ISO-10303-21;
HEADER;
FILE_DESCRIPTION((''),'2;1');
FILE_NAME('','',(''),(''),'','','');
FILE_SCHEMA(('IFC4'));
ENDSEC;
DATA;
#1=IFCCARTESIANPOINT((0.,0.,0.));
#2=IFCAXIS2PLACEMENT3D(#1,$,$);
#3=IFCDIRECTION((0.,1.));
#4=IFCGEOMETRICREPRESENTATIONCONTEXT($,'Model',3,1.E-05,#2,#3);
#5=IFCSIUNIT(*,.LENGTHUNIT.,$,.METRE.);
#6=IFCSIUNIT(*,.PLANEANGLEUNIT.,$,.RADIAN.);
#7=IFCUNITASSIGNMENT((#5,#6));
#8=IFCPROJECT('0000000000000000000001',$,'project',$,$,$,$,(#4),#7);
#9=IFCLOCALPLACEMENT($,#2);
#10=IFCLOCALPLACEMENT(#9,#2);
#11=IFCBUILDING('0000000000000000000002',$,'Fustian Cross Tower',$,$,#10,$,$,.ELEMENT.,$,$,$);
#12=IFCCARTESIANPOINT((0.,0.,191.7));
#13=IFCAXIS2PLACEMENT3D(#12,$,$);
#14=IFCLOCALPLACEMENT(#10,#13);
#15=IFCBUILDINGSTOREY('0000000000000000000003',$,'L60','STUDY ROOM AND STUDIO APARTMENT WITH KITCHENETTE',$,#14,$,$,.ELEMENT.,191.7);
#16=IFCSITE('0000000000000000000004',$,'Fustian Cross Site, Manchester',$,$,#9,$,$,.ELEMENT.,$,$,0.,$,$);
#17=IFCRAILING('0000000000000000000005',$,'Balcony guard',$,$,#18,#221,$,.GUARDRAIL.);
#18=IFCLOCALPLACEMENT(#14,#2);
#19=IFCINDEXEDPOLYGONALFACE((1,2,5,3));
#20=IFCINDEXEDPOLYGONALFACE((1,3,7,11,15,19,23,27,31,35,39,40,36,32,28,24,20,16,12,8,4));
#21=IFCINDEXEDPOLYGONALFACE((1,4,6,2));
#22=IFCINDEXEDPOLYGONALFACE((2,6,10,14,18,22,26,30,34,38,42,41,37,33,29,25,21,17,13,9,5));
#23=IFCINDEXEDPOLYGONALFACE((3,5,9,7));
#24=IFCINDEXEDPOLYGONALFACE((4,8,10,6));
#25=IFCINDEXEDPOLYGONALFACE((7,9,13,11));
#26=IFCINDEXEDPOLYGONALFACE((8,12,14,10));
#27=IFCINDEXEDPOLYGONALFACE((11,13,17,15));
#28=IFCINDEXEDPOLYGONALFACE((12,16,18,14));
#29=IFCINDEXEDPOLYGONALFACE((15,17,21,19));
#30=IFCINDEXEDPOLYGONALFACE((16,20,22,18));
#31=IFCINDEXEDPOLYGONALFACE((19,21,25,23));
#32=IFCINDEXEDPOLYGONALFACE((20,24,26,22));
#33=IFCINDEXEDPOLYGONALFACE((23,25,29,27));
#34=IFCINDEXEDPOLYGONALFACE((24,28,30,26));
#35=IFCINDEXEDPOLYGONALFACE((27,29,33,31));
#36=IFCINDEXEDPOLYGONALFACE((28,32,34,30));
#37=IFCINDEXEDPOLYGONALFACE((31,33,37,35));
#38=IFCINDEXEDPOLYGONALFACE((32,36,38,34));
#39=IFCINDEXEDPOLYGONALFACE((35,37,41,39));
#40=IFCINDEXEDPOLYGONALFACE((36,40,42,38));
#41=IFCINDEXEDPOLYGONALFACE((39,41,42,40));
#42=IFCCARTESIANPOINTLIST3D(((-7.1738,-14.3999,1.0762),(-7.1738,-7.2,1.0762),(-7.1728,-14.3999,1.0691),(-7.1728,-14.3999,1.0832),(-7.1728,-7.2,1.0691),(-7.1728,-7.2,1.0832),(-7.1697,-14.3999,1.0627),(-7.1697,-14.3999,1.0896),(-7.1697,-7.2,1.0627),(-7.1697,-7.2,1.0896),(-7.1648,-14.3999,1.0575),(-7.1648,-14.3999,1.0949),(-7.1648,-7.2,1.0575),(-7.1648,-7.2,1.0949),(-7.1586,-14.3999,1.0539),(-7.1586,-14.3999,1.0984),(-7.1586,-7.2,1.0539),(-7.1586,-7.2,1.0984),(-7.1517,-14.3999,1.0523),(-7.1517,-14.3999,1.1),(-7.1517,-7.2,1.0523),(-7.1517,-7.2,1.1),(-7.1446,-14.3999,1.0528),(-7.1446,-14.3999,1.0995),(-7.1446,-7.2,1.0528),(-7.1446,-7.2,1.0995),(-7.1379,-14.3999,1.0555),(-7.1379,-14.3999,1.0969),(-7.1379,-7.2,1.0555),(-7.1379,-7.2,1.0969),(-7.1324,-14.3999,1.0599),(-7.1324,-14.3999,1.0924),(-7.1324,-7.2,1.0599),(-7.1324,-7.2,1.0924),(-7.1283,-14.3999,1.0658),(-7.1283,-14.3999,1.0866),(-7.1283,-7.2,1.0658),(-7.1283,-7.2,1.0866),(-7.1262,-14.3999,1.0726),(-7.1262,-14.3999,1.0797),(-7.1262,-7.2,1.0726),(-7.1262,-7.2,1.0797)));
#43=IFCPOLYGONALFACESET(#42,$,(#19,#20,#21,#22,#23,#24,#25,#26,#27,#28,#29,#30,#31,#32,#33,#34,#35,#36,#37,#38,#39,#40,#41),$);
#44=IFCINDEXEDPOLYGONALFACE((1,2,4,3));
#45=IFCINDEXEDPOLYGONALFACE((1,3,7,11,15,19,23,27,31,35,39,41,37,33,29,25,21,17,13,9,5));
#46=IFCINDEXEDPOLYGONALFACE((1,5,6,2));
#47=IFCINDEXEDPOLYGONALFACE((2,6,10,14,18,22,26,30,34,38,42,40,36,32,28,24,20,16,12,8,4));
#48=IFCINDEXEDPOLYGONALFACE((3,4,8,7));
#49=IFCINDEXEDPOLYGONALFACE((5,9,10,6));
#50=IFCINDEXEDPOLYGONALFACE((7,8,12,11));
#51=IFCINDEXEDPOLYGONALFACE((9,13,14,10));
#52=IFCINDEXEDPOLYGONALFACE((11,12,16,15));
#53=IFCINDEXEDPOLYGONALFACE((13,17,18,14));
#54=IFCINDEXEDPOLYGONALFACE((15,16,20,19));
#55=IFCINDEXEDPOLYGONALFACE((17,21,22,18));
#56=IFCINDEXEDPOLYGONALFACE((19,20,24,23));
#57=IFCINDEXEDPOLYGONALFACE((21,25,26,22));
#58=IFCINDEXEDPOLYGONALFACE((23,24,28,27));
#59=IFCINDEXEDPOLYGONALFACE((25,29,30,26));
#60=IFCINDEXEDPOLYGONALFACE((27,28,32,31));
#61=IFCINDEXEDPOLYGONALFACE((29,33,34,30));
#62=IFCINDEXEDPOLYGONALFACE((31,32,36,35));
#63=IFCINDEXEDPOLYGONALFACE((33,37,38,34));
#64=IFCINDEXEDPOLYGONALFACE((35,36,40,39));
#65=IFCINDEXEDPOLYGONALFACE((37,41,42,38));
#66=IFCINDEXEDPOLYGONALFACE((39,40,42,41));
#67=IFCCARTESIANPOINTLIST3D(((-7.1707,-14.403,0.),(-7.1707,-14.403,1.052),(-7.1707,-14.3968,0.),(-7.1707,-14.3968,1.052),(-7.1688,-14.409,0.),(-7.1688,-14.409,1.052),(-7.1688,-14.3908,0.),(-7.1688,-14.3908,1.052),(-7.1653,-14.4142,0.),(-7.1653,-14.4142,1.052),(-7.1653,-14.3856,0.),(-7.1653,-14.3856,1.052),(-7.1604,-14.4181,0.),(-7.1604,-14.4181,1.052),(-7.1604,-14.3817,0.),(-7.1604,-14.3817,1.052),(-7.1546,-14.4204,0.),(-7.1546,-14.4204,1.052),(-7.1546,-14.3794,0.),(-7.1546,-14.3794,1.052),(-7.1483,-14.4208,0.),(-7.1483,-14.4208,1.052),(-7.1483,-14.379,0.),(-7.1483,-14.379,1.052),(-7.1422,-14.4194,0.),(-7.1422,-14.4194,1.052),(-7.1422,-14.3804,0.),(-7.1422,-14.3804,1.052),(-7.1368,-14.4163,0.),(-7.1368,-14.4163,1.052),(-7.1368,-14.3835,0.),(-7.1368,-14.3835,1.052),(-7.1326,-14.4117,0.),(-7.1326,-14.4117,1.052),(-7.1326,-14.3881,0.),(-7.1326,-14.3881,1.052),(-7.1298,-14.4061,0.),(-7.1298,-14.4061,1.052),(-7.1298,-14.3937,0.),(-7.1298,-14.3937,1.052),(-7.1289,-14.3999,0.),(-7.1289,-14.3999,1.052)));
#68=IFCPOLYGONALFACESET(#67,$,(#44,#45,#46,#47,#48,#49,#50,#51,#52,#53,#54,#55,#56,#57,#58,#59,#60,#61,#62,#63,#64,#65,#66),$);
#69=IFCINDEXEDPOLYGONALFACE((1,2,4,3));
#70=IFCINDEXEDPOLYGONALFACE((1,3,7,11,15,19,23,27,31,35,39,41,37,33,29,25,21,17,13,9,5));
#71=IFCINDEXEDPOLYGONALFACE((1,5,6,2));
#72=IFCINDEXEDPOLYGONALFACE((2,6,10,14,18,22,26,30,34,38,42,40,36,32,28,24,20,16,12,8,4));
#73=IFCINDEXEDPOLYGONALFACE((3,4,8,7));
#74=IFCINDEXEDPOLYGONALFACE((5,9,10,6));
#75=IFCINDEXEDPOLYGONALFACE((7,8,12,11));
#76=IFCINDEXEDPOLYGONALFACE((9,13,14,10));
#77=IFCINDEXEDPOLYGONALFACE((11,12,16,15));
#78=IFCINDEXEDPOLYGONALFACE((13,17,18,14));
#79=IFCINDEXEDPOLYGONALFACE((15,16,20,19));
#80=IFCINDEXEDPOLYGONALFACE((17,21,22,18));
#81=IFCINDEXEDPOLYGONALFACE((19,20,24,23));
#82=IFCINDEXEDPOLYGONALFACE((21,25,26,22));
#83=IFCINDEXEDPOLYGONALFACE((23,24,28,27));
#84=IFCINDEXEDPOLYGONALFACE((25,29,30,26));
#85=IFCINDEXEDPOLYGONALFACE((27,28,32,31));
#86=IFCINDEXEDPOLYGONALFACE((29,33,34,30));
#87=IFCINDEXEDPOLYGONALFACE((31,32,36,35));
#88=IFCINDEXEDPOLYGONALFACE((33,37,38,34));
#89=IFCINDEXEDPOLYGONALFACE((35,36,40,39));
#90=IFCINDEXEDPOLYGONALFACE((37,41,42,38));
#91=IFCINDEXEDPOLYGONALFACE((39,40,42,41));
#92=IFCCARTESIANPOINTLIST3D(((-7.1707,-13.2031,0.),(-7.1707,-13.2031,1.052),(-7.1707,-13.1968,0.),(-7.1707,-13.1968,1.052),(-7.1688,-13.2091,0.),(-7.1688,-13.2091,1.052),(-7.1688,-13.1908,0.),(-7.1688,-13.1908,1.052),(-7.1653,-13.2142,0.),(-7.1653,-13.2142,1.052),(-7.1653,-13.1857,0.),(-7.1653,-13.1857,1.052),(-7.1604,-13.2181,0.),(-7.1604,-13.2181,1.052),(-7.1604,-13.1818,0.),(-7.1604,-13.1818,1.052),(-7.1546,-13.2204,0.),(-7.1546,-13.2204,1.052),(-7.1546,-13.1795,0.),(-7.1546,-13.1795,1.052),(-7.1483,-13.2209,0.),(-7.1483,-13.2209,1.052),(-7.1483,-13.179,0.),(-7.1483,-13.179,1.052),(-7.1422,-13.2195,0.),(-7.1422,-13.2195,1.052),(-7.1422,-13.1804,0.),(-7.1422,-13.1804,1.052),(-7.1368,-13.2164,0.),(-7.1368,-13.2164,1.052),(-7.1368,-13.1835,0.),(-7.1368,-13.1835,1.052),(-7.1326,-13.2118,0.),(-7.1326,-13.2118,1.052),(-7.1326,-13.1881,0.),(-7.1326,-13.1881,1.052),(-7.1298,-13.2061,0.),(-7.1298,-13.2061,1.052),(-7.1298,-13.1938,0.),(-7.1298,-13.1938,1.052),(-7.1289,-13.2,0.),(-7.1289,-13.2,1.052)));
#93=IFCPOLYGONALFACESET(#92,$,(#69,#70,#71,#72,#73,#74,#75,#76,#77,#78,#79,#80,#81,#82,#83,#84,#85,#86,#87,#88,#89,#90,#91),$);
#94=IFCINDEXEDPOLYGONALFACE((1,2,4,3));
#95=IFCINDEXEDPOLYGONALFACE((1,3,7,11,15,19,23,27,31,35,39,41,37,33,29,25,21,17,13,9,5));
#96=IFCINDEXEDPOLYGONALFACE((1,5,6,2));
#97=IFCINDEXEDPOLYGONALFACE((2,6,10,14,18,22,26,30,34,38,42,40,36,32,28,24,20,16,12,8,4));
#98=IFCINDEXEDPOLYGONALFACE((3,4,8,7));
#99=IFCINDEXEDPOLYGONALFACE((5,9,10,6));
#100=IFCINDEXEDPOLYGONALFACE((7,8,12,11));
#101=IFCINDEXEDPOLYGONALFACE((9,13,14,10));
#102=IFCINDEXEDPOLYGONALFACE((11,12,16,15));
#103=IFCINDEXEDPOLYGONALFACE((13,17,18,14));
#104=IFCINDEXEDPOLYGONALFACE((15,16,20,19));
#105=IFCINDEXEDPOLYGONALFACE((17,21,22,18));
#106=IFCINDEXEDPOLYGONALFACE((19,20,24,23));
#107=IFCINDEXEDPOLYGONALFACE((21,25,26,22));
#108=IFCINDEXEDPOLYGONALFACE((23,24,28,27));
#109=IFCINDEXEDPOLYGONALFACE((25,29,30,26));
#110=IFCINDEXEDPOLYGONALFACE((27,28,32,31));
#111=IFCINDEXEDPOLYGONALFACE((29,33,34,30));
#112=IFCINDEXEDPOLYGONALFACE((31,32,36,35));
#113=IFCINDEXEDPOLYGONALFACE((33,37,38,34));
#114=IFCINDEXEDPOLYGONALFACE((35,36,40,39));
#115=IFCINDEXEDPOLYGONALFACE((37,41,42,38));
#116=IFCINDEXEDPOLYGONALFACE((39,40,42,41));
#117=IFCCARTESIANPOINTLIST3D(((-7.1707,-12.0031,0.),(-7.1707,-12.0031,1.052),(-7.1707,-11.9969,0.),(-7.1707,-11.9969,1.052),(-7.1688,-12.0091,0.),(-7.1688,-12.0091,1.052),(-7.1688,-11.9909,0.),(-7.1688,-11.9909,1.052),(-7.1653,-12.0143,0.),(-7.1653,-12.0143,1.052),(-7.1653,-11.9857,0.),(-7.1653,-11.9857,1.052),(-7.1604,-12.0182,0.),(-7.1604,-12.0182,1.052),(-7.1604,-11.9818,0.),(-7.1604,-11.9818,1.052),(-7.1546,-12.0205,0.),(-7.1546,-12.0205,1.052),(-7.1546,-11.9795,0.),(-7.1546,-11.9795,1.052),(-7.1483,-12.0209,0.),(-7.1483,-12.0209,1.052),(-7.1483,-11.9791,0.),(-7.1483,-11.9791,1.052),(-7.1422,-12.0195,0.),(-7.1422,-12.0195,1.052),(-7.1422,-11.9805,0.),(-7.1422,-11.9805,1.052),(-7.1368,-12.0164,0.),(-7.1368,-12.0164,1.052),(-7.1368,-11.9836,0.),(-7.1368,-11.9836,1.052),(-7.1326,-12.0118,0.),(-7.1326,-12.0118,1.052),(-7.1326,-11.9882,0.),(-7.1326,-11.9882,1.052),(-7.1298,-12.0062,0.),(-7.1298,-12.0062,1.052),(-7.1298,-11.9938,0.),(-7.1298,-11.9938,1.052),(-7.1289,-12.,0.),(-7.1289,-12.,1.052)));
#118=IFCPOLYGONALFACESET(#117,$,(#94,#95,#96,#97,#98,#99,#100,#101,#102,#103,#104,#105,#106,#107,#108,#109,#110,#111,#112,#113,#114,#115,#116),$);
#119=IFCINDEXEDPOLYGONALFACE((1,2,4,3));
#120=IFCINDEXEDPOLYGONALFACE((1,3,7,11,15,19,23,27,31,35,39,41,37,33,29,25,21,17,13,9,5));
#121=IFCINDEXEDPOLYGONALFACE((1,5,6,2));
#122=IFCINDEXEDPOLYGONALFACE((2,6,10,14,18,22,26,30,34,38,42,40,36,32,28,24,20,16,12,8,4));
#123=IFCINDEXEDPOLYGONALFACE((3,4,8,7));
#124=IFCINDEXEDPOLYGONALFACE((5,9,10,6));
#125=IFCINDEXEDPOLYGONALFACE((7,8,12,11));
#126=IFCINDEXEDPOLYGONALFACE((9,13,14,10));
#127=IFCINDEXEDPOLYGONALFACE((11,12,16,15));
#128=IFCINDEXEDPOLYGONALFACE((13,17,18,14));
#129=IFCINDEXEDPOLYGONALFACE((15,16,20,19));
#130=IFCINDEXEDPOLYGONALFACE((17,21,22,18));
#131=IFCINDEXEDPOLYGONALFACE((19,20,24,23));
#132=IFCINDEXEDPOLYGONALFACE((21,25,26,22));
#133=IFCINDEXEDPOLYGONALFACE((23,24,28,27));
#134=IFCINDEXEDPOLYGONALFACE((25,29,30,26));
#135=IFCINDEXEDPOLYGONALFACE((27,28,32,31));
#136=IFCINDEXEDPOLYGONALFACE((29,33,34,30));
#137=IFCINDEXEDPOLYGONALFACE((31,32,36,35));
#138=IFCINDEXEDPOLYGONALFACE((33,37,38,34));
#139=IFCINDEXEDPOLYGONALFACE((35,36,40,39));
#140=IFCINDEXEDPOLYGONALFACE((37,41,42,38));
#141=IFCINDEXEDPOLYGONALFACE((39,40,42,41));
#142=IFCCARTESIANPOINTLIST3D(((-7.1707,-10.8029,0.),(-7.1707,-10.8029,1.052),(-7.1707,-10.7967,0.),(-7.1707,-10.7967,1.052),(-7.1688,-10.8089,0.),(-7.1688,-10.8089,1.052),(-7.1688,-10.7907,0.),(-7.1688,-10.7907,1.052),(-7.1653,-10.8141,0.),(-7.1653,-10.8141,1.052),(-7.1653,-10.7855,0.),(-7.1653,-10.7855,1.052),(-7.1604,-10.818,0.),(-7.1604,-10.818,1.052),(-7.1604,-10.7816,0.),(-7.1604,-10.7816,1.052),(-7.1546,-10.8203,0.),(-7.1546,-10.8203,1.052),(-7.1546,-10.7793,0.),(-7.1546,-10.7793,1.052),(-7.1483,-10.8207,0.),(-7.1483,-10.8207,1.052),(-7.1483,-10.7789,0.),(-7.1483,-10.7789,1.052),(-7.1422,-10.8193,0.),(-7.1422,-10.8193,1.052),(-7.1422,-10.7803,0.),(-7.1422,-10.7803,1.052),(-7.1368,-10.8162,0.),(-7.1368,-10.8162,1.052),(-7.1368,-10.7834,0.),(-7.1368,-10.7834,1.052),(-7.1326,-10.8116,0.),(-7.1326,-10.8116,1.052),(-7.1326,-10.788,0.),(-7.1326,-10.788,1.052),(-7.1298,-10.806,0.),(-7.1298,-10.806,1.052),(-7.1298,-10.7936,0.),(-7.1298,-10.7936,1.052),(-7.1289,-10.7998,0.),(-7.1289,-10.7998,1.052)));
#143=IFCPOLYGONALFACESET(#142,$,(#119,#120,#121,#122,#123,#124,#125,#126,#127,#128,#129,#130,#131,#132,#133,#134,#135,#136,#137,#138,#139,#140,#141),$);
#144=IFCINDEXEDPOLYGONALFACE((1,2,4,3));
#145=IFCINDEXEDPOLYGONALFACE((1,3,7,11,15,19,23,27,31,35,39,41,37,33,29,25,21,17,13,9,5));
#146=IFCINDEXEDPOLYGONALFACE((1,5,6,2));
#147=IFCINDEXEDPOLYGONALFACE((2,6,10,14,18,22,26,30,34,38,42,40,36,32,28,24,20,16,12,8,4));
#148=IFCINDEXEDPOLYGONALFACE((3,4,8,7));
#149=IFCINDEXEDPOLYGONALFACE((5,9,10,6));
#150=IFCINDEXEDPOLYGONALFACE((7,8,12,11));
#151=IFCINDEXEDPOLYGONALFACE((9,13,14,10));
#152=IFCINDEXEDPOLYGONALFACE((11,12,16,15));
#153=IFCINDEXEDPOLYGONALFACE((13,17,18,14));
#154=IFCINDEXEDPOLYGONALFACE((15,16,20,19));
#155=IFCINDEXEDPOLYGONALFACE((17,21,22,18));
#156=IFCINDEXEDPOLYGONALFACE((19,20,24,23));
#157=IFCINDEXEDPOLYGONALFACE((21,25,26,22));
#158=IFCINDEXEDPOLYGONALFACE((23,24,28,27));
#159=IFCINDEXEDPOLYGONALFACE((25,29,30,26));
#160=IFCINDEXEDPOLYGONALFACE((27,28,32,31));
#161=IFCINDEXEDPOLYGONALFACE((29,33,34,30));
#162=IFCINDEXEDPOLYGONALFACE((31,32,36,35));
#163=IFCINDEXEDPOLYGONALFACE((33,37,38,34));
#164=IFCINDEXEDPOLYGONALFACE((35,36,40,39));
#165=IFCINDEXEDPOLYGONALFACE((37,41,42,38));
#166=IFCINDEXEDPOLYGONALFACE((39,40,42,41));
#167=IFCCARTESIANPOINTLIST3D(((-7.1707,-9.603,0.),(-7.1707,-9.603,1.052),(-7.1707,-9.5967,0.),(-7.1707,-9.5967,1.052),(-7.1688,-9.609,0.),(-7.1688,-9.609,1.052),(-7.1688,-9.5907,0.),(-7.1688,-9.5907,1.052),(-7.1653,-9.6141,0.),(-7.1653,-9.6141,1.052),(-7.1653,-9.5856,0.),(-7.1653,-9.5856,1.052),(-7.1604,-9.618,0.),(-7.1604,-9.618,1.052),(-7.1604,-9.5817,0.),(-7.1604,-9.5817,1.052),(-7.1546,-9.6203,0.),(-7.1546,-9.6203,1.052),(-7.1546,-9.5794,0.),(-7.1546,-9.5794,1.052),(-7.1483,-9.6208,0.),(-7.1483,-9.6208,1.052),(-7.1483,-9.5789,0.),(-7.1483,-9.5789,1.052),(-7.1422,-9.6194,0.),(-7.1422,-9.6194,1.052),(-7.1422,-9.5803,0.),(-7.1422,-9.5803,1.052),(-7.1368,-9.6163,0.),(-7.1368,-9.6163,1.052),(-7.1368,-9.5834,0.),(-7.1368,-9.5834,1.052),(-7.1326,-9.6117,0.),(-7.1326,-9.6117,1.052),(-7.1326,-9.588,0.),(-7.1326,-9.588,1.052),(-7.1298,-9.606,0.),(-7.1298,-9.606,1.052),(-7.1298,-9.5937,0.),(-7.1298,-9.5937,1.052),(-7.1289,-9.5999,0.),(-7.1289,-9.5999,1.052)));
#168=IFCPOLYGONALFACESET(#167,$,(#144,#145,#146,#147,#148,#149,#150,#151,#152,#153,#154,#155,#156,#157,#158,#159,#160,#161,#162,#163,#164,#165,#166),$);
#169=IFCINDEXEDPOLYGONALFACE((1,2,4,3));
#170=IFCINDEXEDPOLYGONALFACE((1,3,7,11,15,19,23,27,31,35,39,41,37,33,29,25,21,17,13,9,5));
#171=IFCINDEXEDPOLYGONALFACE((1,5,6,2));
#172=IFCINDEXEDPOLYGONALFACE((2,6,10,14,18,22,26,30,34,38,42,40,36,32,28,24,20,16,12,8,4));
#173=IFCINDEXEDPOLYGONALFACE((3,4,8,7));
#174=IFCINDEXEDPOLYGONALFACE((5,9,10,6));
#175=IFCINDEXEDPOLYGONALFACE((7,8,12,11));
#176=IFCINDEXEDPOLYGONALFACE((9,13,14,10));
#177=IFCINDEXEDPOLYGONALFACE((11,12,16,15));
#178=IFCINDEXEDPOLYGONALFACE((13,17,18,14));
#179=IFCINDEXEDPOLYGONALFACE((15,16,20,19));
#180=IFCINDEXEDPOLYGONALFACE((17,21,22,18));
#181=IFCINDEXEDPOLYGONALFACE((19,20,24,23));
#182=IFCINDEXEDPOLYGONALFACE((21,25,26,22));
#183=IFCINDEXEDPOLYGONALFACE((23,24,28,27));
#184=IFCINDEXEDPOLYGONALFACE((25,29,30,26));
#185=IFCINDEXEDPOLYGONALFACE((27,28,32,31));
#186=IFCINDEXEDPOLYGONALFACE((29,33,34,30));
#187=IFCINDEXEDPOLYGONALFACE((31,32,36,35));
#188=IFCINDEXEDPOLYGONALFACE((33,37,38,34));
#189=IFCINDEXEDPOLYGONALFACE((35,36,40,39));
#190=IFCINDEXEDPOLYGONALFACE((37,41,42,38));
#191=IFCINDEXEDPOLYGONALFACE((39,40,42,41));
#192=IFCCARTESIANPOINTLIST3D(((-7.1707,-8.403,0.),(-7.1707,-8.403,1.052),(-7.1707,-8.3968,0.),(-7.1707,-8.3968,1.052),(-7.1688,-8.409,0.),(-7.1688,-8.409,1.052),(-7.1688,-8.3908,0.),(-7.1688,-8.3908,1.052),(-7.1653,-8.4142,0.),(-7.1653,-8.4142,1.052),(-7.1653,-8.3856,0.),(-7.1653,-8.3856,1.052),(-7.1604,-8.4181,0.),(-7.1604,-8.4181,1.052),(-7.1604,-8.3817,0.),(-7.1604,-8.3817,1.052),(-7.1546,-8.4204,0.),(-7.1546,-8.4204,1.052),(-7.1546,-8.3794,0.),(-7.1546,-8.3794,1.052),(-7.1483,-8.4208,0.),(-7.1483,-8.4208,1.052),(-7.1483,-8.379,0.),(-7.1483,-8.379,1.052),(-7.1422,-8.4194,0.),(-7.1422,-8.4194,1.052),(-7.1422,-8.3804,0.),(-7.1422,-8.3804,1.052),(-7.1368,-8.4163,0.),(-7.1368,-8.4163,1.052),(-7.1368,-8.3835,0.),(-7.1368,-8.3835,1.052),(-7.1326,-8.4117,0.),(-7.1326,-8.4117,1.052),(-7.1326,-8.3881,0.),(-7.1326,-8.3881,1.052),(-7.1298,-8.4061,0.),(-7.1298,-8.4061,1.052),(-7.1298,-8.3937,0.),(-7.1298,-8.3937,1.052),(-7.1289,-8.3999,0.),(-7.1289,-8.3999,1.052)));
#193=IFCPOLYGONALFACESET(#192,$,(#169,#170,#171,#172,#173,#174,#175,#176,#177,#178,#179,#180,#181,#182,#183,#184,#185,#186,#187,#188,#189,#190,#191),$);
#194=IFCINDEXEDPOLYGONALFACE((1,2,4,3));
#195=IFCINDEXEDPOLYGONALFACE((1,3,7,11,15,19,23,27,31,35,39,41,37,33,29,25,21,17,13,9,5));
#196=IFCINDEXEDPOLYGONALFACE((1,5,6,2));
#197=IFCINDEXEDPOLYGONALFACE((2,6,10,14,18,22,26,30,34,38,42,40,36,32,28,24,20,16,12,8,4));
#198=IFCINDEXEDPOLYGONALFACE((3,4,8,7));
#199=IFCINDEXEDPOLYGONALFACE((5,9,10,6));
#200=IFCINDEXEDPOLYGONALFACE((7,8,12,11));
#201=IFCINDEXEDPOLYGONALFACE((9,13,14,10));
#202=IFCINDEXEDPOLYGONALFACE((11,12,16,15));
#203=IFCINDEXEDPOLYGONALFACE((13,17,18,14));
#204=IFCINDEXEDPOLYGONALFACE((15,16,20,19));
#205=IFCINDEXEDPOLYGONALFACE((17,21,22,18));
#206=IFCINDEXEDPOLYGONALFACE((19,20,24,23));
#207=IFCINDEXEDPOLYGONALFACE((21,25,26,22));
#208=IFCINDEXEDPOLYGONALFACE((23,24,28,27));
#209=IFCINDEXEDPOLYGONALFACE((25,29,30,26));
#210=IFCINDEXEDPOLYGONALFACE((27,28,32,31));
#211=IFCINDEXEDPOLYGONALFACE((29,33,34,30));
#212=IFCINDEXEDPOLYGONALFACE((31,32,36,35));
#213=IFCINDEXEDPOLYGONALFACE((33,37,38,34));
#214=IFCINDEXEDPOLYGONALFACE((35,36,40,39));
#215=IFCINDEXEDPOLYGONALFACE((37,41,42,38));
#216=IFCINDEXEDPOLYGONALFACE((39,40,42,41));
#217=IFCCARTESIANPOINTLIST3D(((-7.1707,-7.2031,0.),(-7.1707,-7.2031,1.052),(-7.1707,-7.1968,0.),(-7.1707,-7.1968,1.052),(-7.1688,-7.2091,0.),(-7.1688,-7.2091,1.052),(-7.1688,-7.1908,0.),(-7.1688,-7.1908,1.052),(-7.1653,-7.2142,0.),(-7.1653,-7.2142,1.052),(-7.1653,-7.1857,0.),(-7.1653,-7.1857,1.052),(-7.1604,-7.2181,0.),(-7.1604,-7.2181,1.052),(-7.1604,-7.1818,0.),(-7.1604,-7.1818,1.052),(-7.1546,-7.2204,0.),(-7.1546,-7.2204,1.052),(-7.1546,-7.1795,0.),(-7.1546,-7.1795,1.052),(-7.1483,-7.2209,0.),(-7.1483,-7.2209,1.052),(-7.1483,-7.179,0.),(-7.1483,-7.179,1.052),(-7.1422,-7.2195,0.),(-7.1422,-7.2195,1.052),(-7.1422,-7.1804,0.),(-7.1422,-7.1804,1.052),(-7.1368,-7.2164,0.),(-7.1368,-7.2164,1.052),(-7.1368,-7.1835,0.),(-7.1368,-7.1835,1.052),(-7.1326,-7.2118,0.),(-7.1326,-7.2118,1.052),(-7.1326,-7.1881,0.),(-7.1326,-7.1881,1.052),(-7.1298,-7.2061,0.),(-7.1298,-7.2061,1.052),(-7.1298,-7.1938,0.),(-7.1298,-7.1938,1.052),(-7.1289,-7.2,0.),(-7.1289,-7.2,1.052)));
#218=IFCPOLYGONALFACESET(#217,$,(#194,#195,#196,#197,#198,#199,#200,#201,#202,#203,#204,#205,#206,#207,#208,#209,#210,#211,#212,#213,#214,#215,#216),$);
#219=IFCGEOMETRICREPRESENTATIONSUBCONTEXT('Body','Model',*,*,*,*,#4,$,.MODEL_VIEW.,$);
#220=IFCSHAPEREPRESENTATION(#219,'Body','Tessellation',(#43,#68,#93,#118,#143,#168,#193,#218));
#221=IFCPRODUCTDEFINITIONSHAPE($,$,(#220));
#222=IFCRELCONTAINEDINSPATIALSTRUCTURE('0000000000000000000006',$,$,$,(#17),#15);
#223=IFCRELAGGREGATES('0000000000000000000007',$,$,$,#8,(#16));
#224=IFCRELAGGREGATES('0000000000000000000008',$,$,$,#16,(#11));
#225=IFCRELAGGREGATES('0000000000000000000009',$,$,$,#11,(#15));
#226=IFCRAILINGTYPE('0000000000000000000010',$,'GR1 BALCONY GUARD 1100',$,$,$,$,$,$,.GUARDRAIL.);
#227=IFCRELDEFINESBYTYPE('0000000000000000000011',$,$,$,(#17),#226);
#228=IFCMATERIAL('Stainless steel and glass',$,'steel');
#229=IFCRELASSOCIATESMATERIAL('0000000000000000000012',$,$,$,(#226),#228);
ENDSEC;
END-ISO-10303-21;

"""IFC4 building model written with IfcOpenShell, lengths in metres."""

from ifc_helpers import new_model, si_unit, direction, frame, origin, origin_2d, place, context, subcontext, project, spatial, circle, extrude, material, type_object, element, save


model = new_model("IFC4")

# Units and contexts
model_context = context("Model", 3, precision=1e-05, world=origin(), true_north=direction((0.0, 1.0)))
body_context = subcontext(model_context, "Body", "Model", "MODEL_VIEW")
ifc_project = project(units=[si_unit("LENGTHUNIT", "METRE"), si_unit("PLANEANGLEUNIT", "RADIAN")], contexts=[model_context])

# Site, building, storey
site_placement = place(None, origin())
site = spatial("IfcSite", under=ifc_project, at=site_placement, Name="Fustian Cross Site, Manchester", CompositionType="ELEMENT", RefElevation=0.0)
building_placement = place(site_placement, origin())
building = spatial("IfcBuilding", under=site, at=building_placement, Name="Fustian Cross Tower", CompositionType="ELEMENT")
storey_placement = place(building_placement, frame((0.0, 0.0, 191.7)))
storey = spatial("IfcBuildingStorey", under=building, at=storey_placement, Name="L60", Description="STUDY ROOM AND STUDIO APARTMENT WITH KITCHENETTE", CompositionType="ELEMENT", Elevation=191.7)

# Railing
ifc_material_1 = material(Name="Stainless steel and glass", Category="steel")
railing_type = type_object("IfcRailingType", Name="GR1 BALCONY GUARD 1100", PredefinedType="GUARDRAIL", material=ifc_material_1)
railing_placement = place(storey_placement, frame((-7.1499, -14.3999, 0.0)))
element("IfcRailing", 1, at=railing_placement, inside=storey, type_object=railing_type, Name="Balcony guard", PredefinedType="GUARDRAIL", context=body_context, shape_type="SweptSolid", body=[
    extrude(circle(Radius=0.0239, at=origin_2d()), frame((0.0, 0.0, 1.0762), z_axis=(0.0, 1.0, 0.0), x_axis=(-1.0, 0.0, 0.0)), (0.0, 0.0, 1.0), 7.2),
    extrude(circle(Radius=0.021, at=origin_2d()), origin(), (0.0, 0.0, 1.0), 1.052),
    extrude(circle(Radius=0.021, at=origin_2d()), frame((0.0, 1.2, 0.0)), (0.0, 0.0, 1.0), 1.052),
    extrude(circle(Radius=0.021, at=origin_2d()), frame((0.0, 2.3999, 0.0)), (0.0, 0.0, 1.0), 1.052),
    extrude(circle(Radius=0.021, at=origin_2d()), frame((0.0, 3.6001, 0.0)), (0.0, 0.0, 1.0), 1.052),
    extrude(circle(Radius=0.021, at=origin_2d()), frame((0.0, 4.8, 0.0)), (0.0, 0.0, 1.0), 1.052),
    extrude(circle(Radius=0.021, at=origin_2d()), frame((0.0, 6.0, 0.0)), (0.0, 0.0, 1.0), 1.052),
    extrude(circle(Radius=0.021, at=origin_2d()), frame((0.0, 7.2, 0.0)), (0.0, 0.0, 1.0), 1.052),
])

save(model, "model.ifc")
